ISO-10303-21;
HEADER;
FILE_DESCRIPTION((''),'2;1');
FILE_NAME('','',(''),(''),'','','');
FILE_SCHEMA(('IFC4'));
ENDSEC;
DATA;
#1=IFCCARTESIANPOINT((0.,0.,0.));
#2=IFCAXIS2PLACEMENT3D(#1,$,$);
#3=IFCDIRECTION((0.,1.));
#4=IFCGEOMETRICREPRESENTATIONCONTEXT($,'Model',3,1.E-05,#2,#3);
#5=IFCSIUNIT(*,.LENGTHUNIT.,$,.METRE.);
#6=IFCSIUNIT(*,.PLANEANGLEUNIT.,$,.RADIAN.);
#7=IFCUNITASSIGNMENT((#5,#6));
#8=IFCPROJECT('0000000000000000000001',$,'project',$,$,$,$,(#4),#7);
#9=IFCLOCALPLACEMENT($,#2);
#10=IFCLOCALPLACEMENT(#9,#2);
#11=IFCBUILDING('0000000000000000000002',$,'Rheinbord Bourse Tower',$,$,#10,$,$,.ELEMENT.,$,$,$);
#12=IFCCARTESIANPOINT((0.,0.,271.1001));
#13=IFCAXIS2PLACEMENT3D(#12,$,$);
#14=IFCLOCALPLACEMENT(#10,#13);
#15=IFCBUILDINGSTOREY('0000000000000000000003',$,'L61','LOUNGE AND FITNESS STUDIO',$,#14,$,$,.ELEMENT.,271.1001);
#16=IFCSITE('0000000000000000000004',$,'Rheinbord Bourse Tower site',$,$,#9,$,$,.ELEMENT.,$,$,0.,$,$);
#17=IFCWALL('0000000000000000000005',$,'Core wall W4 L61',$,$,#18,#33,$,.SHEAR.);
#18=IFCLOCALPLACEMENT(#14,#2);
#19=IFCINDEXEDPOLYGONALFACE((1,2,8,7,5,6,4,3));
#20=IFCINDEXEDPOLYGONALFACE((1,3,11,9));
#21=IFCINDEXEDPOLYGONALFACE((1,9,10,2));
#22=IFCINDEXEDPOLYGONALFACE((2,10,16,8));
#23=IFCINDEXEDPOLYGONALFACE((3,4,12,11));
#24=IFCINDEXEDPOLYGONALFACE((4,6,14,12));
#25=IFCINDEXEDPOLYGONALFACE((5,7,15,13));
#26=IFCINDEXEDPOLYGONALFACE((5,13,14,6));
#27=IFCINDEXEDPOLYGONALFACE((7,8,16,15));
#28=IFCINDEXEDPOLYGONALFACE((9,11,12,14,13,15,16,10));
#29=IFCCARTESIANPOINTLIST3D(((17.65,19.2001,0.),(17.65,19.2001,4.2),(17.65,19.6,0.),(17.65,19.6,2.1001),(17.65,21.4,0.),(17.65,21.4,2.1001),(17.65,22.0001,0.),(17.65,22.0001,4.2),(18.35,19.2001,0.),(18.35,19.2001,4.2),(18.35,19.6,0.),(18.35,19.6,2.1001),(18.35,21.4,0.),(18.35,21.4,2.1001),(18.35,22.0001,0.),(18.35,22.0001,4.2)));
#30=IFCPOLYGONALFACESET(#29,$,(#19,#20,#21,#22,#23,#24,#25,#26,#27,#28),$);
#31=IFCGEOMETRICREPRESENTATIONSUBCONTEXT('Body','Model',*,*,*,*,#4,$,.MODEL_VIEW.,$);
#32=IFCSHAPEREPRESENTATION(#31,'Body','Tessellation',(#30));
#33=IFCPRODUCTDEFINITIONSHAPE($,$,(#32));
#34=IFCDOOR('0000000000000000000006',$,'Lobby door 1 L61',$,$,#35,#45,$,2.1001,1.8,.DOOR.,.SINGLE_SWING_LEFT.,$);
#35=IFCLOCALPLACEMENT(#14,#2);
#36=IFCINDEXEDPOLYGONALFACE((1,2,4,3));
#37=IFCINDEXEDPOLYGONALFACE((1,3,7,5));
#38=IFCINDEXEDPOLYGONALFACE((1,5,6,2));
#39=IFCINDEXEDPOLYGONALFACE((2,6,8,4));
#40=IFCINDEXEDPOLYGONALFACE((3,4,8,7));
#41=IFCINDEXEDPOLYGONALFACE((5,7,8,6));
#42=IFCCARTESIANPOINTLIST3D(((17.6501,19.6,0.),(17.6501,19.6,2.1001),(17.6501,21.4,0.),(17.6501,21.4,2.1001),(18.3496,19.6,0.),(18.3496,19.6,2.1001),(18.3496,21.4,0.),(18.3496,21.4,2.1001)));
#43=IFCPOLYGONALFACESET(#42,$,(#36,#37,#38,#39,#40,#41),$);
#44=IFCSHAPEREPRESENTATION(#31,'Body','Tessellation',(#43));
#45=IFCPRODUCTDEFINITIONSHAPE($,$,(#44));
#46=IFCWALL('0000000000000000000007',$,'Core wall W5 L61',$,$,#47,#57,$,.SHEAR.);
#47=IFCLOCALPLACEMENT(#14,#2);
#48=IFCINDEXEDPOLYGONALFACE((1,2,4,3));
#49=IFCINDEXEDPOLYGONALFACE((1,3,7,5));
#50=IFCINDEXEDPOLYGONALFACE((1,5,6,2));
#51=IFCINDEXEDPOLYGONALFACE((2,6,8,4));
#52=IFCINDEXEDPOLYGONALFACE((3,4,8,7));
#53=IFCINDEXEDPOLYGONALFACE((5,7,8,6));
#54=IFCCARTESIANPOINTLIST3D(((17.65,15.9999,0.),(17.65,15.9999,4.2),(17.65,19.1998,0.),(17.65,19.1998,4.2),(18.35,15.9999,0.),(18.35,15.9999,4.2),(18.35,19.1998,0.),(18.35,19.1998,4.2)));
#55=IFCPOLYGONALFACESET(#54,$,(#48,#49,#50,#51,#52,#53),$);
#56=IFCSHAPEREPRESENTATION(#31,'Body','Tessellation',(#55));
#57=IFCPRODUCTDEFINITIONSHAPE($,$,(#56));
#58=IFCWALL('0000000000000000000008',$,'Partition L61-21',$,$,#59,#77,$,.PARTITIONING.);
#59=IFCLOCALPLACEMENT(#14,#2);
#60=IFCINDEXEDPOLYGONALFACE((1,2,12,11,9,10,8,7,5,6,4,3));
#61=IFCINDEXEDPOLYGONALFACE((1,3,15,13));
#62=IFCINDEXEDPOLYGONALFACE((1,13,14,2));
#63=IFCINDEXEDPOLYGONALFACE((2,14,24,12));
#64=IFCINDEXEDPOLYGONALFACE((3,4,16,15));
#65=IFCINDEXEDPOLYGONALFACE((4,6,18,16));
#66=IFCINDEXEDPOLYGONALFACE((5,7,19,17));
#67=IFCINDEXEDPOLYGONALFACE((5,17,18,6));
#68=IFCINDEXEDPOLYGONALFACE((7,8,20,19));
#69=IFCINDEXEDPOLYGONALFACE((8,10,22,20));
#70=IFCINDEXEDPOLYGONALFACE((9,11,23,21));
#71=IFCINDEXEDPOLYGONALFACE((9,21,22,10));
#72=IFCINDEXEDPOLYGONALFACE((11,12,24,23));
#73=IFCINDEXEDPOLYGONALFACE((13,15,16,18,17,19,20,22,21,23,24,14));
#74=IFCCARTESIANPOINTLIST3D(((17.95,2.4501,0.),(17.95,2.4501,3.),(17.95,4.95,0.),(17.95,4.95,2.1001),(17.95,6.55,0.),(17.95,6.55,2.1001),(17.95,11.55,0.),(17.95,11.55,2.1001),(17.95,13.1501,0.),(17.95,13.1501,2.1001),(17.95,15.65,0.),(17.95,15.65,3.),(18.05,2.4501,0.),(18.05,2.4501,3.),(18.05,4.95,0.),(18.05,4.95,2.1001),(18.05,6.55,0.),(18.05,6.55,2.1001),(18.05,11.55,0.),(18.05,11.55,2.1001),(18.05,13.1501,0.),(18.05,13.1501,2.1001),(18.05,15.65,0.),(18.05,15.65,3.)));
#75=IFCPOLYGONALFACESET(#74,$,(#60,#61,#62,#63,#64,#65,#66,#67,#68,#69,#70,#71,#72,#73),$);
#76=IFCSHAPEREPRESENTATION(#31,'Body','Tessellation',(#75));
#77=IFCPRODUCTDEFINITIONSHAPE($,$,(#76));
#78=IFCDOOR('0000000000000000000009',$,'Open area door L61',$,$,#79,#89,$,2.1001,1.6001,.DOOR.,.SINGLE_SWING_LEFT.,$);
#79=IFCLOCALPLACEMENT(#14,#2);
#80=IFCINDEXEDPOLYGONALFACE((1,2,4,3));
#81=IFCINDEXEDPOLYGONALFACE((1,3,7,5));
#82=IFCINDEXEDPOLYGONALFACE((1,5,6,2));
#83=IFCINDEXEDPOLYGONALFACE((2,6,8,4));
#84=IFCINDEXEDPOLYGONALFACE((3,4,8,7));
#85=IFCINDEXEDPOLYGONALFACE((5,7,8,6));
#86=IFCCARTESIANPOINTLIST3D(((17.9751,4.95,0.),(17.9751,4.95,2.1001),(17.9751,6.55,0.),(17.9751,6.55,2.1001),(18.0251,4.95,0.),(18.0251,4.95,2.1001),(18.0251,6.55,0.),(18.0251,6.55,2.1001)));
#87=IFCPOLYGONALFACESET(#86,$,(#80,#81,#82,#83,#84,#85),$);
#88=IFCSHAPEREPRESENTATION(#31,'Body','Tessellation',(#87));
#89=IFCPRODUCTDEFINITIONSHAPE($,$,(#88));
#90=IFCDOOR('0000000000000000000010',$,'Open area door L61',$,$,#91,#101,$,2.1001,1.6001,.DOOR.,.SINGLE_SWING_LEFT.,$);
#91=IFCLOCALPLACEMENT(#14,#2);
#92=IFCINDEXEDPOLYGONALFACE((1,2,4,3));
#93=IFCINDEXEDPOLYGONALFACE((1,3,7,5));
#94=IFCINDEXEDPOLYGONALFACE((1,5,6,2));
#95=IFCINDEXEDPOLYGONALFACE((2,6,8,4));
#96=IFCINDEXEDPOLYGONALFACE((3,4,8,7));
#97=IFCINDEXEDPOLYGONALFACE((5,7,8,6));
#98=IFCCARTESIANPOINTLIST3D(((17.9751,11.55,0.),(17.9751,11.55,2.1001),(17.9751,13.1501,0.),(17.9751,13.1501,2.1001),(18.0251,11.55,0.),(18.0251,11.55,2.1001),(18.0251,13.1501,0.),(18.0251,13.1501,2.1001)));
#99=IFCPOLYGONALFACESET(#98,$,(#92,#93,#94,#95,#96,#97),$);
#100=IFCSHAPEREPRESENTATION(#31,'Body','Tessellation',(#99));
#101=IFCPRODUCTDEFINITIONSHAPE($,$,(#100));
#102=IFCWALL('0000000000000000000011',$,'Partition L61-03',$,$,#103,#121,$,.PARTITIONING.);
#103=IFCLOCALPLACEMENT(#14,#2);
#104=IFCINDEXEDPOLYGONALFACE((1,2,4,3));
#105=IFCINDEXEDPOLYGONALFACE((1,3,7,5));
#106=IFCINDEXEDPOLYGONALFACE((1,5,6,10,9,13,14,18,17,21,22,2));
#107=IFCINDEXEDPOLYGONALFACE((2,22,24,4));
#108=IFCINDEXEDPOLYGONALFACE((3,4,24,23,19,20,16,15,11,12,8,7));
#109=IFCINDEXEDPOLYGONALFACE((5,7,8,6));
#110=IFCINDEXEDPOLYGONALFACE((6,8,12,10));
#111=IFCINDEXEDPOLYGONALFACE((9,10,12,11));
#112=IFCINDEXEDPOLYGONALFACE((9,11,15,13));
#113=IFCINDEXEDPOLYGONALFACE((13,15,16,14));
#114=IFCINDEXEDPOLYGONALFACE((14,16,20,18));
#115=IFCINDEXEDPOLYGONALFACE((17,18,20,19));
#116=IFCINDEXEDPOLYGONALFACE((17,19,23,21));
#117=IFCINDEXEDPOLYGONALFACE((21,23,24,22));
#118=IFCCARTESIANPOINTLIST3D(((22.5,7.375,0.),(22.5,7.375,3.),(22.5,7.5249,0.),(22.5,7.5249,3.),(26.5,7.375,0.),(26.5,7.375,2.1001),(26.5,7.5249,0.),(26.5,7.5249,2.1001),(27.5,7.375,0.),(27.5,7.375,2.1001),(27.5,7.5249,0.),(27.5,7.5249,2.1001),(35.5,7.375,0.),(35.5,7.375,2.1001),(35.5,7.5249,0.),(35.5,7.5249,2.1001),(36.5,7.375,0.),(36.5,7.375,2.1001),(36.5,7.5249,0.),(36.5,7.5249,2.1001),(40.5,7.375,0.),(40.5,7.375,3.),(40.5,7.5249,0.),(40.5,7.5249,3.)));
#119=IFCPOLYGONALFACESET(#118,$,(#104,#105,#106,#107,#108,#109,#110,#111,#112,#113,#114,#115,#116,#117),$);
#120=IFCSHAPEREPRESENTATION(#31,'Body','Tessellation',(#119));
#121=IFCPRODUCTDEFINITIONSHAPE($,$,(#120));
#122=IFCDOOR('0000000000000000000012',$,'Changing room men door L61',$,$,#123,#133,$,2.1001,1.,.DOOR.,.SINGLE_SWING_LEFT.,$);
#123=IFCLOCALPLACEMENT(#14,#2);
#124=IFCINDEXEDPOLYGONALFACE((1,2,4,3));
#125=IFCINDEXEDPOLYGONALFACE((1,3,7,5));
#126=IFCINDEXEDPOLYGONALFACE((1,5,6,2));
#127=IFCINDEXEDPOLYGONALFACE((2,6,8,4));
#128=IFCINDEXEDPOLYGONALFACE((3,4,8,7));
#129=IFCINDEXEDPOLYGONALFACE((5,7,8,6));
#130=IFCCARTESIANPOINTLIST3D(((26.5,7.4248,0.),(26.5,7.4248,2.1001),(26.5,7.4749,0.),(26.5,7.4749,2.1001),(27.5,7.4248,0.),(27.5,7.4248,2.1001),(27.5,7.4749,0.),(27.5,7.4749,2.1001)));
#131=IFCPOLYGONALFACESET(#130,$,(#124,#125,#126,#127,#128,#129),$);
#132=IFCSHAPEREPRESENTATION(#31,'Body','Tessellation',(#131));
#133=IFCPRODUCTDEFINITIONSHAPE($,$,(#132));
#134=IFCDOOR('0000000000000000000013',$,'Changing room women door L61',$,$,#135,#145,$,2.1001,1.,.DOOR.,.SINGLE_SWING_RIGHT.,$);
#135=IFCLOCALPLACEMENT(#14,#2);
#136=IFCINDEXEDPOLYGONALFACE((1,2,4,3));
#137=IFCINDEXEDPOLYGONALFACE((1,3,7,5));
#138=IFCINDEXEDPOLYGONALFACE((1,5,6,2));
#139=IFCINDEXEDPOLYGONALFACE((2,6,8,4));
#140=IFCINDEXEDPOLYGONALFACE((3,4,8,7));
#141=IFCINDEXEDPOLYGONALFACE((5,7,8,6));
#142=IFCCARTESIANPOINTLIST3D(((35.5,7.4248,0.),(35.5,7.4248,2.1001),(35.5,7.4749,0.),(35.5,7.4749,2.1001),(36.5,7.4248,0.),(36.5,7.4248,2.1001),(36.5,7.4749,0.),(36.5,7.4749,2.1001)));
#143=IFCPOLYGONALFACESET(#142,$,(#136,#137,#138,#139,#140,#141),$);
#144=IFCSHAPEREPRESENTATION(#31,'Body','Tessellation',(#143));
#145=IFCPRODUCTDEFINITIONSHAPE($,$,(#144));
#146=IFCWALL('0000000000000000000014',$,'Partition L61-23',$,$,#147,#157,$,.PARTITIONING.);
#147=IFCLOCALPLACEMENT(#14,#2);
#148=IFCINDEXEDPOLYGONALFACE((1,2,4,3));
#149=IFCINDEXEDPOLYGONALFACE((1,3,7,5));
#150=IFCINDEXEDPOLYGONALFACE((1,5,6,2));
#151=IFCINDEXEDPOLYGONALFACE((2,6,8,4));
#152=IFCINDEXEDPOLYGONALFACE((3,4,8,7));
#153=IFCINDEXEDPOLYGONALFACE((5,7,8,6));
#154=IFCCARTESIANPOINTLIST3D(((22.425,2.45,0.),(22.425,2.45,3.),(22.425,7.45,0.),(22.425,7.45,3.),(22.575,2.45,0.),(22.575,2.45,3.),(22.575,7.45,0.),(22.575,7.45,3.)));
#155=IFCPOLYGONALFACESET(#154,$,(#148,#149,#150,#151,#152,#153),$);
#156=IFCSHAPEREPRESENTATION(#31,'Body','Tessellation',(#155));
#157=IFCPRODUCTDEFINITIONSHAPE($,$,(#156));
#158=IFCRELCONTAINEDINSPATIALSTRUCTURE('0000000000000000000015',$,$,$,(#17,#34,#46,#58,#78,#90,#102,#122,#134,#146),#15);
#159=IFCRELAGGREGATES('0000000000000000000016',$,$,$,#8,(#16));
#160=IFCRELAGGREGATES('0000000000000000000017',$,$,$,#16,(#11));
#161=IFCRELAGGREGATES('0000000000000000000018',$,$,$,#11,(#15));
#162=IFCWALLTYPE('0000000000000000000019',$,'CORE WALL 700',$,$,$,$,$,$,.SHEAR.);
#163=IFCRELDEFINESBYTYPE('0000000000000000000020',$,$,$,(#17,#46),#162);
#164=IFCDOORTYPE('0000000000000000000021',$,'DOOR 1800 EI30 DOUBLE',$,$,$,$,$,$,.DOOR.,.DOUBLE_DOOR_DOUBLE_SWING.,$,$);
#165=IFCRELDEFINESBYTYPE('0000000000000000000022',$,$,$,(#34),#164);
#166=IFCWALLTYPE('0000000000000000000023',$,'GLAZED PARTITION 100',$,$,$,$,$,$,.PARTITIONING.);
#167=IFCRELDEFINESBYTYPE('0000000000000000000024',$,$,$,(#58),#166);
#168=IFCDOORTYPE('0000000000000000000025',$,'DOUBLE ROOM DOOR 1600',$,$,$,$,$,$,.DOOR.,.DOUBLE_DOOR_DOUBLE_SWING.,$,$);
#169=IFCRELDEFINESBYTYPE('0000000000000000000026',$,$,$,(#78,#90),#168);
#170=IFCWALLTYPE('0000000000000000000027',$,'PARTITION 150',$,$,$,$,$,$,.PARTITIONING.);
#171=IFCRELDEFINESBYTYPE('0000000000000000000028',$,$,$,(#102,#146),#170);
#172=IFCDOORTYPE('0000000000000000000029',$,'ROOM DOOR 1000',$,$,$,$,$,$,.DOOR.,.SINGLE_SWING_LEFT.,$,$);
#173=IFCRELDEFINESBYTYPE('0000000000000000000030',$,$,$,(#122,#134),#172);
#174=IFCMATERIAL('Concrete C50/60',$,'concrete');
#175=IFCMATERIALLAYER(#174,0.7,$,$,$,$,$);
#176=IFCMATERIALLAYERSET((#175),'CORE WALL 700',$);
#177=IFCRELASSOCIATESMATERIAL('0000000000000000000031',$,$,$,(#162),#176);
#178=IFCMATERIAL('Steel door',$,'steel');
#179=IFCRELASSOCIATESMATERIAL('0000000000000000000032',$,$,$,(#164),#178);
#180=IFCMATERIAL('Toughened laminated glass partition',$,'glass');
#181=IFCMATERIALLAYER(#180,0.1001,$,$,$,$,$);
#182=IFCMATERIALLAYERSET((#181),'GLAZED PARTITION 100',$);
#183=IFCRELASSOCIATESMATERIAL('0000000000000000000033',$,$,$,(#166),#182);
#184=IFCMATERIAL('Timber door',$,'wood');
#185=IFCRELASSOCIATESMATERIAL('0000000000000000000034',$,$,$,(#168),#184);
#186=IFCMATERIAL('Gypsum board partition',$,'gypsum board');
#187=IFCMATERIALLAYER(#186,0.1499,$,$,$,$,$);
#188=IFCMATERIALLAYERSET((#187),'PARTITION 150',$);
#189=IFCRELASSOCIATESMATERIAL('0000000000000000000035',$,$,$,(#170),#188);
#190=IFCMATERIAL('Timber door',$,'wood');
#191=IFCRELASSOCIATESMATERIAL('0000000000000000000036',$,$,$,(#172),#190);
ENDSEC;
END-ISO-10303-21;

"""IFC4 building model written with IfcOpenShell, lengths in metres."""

from ifc_helpers import new_model, si_unit, direction, frame, frame_2d, origin, place, context, subcontext, project, spatial, rectangle, extrude, material, layer, layer_set, type_object, element, fill, save


model = new_model("IFC4")

# Units and contexts
model_context = context("Model", 3, precision=1e-05, world=origin(), true_north=direction((0.0, 1.0)))
body_context = subcontext(model_context, "Body", "Model", "MODEL_VIEW")
ifc_project = project(units=[si_unit("LENGTHUNIT", "METRE"), si_unit("PLANEANGLEUNIT", "RADIAN")], contexts=[model_context])

# Site, building, storey
site_placement = place(None, origin())
site = spatial("IfcSite", under=ifc_project, at=site_placement, Name="Rheinbord Bourse Tower site", CompositionType="ELEMENT", RefElevation=0.0)
building_placement = place(site_placement, origin())
building = spatial("IfcBuilding", under=site, at=building_placement, Name="Rheinbord Bourse Tower", CompositionType="ELEMENT")
storey_placement = place(building_placement, frame((0.0, 0.0, 271.1001)))
storey = spatial("IfcBuildingStorey", under=building, at=storey_placement, Name="L61", Description="LOUNGE AND FITNESS STUDIO", CompositionType="ELEMENT", Elevation=271.1001)

# Shared definitions
ifc_material_1 = material(Name="Concrete C50/60", Category="concrete")
ifc_layer_1 = layer(ifc_material_1, 0.7)
ifc_layer_set_1 = layer_set([ifc_layer_1], Name="CORE WALL 700")
wall_type_1 = type_object("IfcWallType", Name="CORE WALL 700", PredefinedType="SHEAR", material=ifc_layer_set_1)

# Wall, opening, door
wall_1_placement = place(storey_placement, frame((18.0, 22.0, 0.0), z_axis=(0.0, 0.0, 1.0), x_axis=(0.0, -1.0, 0.0)))
wall_1 = element("IfcWall", 1, at=wall_1_placement, inside=storey, type_object=wall_type_1, Name="Core wall W4 L61", PredefinedType="SHEAR", context=body_context, shape_type="SweptSolid", body=[
    extrude(rectangle(XDim=2.8, YDim=0.7, at=frame_2d((1.3999, 0.0))), origin(), (0.0, 0.0, 1.0), 4.2),
])
opening_1_placement = place(wall_1_placement, frame((0.6001, 0.0, 0.0)))
opening_1 = element("IfcOpeningElement", 2, at=opening_1_placement, cuts=wall_1, PredefinedType="OPENING", context=body_context, shape_type="SweptSolid", body=[
    extrude(rectangle(XDim=1.8, YDim=2.1001, at=frame_2d((0.8999, 1.05))), frame((0.0, 0.3599, 0.0), z_axis=(0.0, -1.0, 0.0), x_axis=(1.0, 0.0, 0.0)), (0.0, 0.0, 1.0), 0.72),
])
ifc_material_2 = material(Name="Steel door", Category="steel")
door_type_1 = type_object("IfcDoorType", Name="DOOR 1800 EI30 DOUBLE", OperationType="DOUBLE_DOOR_DOUBLE_SWING", PredefinedType="DOOR", material=ifc_material_2)
door_1_placement = place(opening_1_placement, origin())
door_1 = element("IfcDoor", 3, at=door_1_placement, inside=storey, type_object=door_type_1, Name="Lobby door 1 L61", OperationType="SINGLE_SWING_LEFT", OverallHeight=2.1001, OverallWidth=1.8, PredefinedType="DOOR", context=body_context, shape_type="SweptSolid", body=[
    extrude(rectangle(XDim=1.8, YDim=2.1001, at=frame_2d((0.8999, 1.05))), frame((0.0, 0.3496, 0.0), z_axis=(0.0, -1.0, 0.0), x_axis=(1.0, 0.0, 0.0)), (0.0, 0.0, 1.0), 0.6995),
])
fill(opening_1, door_1)

# Wall
wall_2_placement = place(storey_placement, frame((18.0, 19.2, 0.0), z_axis=(0.0, 0.0, 1.0), x_axis=(0.0, -1.0, 0.0)))
element("IfcWall", 4, at=wall_2_placement, inside=storey, type_object=wall_type_1, Name="Core wall W5 L61", PredefinedType="SHEAR", context=body_context, shape_type="SweptSolid", body=[
    extrude(rectangle(XDim=3.2, YDim=0.7, at=frame_2d((1.6001, 0.0))), origin(), (0.0, 0.0, 1.0), 4.2),
])

# Walls, openings, doors
ifc_material_3 = material(Name="Toughened laminated glass partition", Category="glass")
ifc_layer_2 = layer(ifc_material_3, 0.1001)
ifc_layer_set_2 = layer_set([ifc_layer_2], Name="GLAZED PARTITION 100")
wall_type_2 = type_object("IfcWallType", Name="GLAZED PARTITION 100", PredefinedType="PARTITIONING", material=ifc_layer_set_2)
wall_3_placement = place(storey_placement, frame((18.0, 2.45, 0.0), z_axis=(0.0, 0.0, 1.0), x_axis=(0.0, 1.0, 0.0)))
wall_3 = element("IfcWall", 5, at=wall_3_placement, inside=storey, type_object=wall_type_2, Name="Partition L61-21", PredefinedType="PARTITIONING", context=body_context, shape_type="SweptSolid", body=[
    extrude(rectangle(XDim=13.2, YDim=0.1001, at=frame_2d((6.6001, 0.0))), origin(), (0.0, 0.0, 1.0), 3.0),
])
opening_2_placement = place(wall_3_placement, frame((2.5, 0.0, 0.0)))
opening_2 = element("IfcOpeningElement", 6, at=opening_2_placement, cuts=wall_3, PredefinedType="OPENING", context=body_context, shape_type="SweptSolid", body=[
    extrude(rectangle(XDim=1.6001, YDim=2.1001, at=frame_2d((0.8, 1.05))), frame((0.0, 0.0601, 0.0), z_axis=(0.0, -1.0, 0.0), x_axis=(1.0, 0.0, 0.0)), (0.0, 0.0, 1.0), 0.1201),
])
opening_3_placement = place(wall_3_placement, frame((9.1001, 0.0, 0.0)))
opening_3 = element("IfcOpeningElement", 7, at=opening_3_placement, cuts=wall_3, PredefinedType="OPENING", context=body_context, shape_type="SweptSolid", body=[
    extrude(rectangle(XDim=1.6001, YDim=2.1001, at=frame_2d((0.8, 1.05))), frame((0.0, 0.0601, 0.0), z_axis=(0.0, -1.0, 0.0), x_axis=(1.0, 0.0, 0.0)), (0.0, 0.0, 1.0), 0.1201),
])
ifc_material_4 = material(Name="Timber door", Category="wood")
door_type_2 = type_object("IfcDoorType", Name="DOUBLE ROOM DOOR 1600", OperationType="DOUBLE_DOOR_DOUBLE_SWING", PredefinedType="DOOR", material=ifc_material_4)
door_2_placement = place(opening_2_placement, origin())
door_2 = element("IfcDoor", 8, at=door_2_placement, inside=storey, type_object=door_type_2, Name="Open area door L61", OperationType="SINGLE_SWING_LEFT", OverallHeight=2.1001, OverallWidth=1.6001, PredefinedType="DOOR", context=body_context, shape_type="SweptSolid", body=[
    extrude(rectangle(XDim=1.6001, YDim=2.1001, at=frame_2d((0.8, 1.05))), frame((0.0, 0.0249, 0.0), z_axis=(0.0, -1.0, 0.0), x_axis=(1.0, 0.0, 0.0)), (0.0, 0.0, 1.0), 0.05),
])
fill(opening_2, door_2)
door_3_placement = place(opening_3_placement, origin())
door_3 = element("IfcDoor", 9, at=door_3_placement, inside=storey, type_object=door_type_2, Name="Open area door L61", OperationType="SINGLE_SWING_LEFT", OverallHeight=2.1001, OverallWidth=1.6001, PredefinedType="DOOR", context=body_context, shape_type="SweptSolid", body=[
    extrude(rectangle(XDim=1.6001, YDim=2.1001, at=frame_2d((0.8, 1.05))), frame((0.0, 0.0249, 0.0), z_axis=(0.0, -1.0, 0.0), x_axis=(1.0, 0.0, 0.0)), (0.0, 0.0, 1.0), 0.05),
])
fill(opening_3, door_3)
ifc_material_5 = material(Name="Gypsum board partition", Category="gypsum board")
ifc_layer_3 = layer(ifc_material_5, 0.1499)
ifc_layer_set_3 = layer_set([ifc_layer_3], Name="PARTITION 150")
wall_type_3 = type_object("IfcWallType", Name="PARTITION 150", PredefinedType="PARTITIONING", material=ifc_layer_set_3)
wall_4_placement = place(storey_placement, frame((22.5, 7.45, 0.0), z_axis=(0.0, 0.0, 1.0), x_axis=(1.0, 0.0, 0.0)))
wall_4 = element("IfcWall", 10, at=wall_4_placement, inside=storey, type_object=wall_type_3, Name="Partition L61-03", PredefinedType="PARTITIONING", context=body_context, shape_type="SweptSolid", body=[
    extrude(rectangle(XDim=18.0, YDim=0.1499, at=frame_2d((9.0, 0.0))), origin(), (0.0, 0.0, 1.0), 3.0),
])
opening_4_placement = place(wall_4_placement, frame((4.0, 0.0, 0.0)))
opening_4 = element("IfcOpeningElement", 11, at=opening_4_placement, cuts=wall_4, PredefinedType="OPENING", context=body_context, shape_type="SweptSolid", body=[
    extrude(rectangle(XDim=1.0, YDim=2.1001, at=frame_2d((0.5, 1.05))), frame((0.0, 0.085, 0.0), z_axis=(0.0, -1.0, 0.0), x_axis=(1.0, 0.0, 0.0)), (0.0, 0.0, 1.0), 0.1699),
])
opening_5_placement = place(wall_4_placement, frame((13.0, 0.0, 0.0)))
opening_5 = element("IfcOpeningElement", 12, at=opening_5_placement, cuts=wall_4, PredefinedType="OPENING", context=body_context, shape_type="SweptSolid", body=[
    extrude(rectangle(XDim=1.0, YDim=2.1001, at=frame_2d((0.5, 1.05))), frame((0.0, 0.085, 0.0), z_axis=(0.0, -1.0, 0.0), x_axis=(1.0, 0.0, 0.0)), (0.0, 0.0, 1.0), 0.1699),
])
ifc_material_6 = material(Name="Timber door", Category="wood")
door_type_3 = type_object("IfcDoorType", Name="ROOM DOOR 1000", OperationType="SINGLE_SWING_LEFT", PredefinedType="DOOR", material=ifc_material_6)
door_4_placement = place(opening_4_placement, origin())
door_4 = element("IfcDoor", 13, at=door_4_placement, inside=storey, type_object=door_type_3, Name="Changing room men door L61", OperationType="SINGLE_SWING_LEFT", OverallHeight=2.1001, OverallWidth=1.0, PredefinedType="DOOR", context=body_context, shape_type="SweptSolid", body=[
    extrude(rectangle(XDim=1.0, YDim=2.1001, at=frame_2d((0.5, 1.05))), frame((0.0, 0.0249, 0.0), z_axis=(0.0, -1.0, 0.0), x_axis=(1.0, 0.0, 0.0)), (0.0, 0.0, 1.0), 0.05),
])
fill(opening_4, door_4)
door_5_placement = place(opening_5_placement, origin())
door_5 = element("IfcDoor", 14, at=door_5_placement, inside=storey, type_object=door_type_3, Name="Changing room women door L61", OperationType="SINGLE_SWING_RIGHT", OverallHeight=2.1001, OverallWidth=1.0, PredefinedType="DOOR", context=body_context, shape_type="SweptSolid", body=[
    extrude(rectangle(XDim=1.0, YDim=2.1001, at=frame_2d((0.5, 1.05))), frame((0.0, 0.0249, 0.0), z_axis=(0.0, -1.0, 0.0), x_axis=(1.0, 0.0, 0.0)), (0.0, 0.0, 1.0), 0.05),
])
fill(opening_5, door_5)

# Wall
wall_5_placement = place(storey_placement, frame((22.5, 2.45, 0.0), z_axis=(0.0, 0.0, 1.0), x_axis=(0.0, 1.0, 0.0)))
element("IfcWall", 15, at=wall_5_placement, inside=storey, type_object=wall_type_3, Name="Partition L61-23", PredefinedType="PARTITIONING", context=body_context, shape_type="SweptSolid", body=[
    extrude(rectangle(XDim=5.0, YDim=0.1499, at=frame_2d((2.5, 0.0))), origin(), (0.0, 0.0, 1.0), 3.0),
])

save(model, "model.ifc")
